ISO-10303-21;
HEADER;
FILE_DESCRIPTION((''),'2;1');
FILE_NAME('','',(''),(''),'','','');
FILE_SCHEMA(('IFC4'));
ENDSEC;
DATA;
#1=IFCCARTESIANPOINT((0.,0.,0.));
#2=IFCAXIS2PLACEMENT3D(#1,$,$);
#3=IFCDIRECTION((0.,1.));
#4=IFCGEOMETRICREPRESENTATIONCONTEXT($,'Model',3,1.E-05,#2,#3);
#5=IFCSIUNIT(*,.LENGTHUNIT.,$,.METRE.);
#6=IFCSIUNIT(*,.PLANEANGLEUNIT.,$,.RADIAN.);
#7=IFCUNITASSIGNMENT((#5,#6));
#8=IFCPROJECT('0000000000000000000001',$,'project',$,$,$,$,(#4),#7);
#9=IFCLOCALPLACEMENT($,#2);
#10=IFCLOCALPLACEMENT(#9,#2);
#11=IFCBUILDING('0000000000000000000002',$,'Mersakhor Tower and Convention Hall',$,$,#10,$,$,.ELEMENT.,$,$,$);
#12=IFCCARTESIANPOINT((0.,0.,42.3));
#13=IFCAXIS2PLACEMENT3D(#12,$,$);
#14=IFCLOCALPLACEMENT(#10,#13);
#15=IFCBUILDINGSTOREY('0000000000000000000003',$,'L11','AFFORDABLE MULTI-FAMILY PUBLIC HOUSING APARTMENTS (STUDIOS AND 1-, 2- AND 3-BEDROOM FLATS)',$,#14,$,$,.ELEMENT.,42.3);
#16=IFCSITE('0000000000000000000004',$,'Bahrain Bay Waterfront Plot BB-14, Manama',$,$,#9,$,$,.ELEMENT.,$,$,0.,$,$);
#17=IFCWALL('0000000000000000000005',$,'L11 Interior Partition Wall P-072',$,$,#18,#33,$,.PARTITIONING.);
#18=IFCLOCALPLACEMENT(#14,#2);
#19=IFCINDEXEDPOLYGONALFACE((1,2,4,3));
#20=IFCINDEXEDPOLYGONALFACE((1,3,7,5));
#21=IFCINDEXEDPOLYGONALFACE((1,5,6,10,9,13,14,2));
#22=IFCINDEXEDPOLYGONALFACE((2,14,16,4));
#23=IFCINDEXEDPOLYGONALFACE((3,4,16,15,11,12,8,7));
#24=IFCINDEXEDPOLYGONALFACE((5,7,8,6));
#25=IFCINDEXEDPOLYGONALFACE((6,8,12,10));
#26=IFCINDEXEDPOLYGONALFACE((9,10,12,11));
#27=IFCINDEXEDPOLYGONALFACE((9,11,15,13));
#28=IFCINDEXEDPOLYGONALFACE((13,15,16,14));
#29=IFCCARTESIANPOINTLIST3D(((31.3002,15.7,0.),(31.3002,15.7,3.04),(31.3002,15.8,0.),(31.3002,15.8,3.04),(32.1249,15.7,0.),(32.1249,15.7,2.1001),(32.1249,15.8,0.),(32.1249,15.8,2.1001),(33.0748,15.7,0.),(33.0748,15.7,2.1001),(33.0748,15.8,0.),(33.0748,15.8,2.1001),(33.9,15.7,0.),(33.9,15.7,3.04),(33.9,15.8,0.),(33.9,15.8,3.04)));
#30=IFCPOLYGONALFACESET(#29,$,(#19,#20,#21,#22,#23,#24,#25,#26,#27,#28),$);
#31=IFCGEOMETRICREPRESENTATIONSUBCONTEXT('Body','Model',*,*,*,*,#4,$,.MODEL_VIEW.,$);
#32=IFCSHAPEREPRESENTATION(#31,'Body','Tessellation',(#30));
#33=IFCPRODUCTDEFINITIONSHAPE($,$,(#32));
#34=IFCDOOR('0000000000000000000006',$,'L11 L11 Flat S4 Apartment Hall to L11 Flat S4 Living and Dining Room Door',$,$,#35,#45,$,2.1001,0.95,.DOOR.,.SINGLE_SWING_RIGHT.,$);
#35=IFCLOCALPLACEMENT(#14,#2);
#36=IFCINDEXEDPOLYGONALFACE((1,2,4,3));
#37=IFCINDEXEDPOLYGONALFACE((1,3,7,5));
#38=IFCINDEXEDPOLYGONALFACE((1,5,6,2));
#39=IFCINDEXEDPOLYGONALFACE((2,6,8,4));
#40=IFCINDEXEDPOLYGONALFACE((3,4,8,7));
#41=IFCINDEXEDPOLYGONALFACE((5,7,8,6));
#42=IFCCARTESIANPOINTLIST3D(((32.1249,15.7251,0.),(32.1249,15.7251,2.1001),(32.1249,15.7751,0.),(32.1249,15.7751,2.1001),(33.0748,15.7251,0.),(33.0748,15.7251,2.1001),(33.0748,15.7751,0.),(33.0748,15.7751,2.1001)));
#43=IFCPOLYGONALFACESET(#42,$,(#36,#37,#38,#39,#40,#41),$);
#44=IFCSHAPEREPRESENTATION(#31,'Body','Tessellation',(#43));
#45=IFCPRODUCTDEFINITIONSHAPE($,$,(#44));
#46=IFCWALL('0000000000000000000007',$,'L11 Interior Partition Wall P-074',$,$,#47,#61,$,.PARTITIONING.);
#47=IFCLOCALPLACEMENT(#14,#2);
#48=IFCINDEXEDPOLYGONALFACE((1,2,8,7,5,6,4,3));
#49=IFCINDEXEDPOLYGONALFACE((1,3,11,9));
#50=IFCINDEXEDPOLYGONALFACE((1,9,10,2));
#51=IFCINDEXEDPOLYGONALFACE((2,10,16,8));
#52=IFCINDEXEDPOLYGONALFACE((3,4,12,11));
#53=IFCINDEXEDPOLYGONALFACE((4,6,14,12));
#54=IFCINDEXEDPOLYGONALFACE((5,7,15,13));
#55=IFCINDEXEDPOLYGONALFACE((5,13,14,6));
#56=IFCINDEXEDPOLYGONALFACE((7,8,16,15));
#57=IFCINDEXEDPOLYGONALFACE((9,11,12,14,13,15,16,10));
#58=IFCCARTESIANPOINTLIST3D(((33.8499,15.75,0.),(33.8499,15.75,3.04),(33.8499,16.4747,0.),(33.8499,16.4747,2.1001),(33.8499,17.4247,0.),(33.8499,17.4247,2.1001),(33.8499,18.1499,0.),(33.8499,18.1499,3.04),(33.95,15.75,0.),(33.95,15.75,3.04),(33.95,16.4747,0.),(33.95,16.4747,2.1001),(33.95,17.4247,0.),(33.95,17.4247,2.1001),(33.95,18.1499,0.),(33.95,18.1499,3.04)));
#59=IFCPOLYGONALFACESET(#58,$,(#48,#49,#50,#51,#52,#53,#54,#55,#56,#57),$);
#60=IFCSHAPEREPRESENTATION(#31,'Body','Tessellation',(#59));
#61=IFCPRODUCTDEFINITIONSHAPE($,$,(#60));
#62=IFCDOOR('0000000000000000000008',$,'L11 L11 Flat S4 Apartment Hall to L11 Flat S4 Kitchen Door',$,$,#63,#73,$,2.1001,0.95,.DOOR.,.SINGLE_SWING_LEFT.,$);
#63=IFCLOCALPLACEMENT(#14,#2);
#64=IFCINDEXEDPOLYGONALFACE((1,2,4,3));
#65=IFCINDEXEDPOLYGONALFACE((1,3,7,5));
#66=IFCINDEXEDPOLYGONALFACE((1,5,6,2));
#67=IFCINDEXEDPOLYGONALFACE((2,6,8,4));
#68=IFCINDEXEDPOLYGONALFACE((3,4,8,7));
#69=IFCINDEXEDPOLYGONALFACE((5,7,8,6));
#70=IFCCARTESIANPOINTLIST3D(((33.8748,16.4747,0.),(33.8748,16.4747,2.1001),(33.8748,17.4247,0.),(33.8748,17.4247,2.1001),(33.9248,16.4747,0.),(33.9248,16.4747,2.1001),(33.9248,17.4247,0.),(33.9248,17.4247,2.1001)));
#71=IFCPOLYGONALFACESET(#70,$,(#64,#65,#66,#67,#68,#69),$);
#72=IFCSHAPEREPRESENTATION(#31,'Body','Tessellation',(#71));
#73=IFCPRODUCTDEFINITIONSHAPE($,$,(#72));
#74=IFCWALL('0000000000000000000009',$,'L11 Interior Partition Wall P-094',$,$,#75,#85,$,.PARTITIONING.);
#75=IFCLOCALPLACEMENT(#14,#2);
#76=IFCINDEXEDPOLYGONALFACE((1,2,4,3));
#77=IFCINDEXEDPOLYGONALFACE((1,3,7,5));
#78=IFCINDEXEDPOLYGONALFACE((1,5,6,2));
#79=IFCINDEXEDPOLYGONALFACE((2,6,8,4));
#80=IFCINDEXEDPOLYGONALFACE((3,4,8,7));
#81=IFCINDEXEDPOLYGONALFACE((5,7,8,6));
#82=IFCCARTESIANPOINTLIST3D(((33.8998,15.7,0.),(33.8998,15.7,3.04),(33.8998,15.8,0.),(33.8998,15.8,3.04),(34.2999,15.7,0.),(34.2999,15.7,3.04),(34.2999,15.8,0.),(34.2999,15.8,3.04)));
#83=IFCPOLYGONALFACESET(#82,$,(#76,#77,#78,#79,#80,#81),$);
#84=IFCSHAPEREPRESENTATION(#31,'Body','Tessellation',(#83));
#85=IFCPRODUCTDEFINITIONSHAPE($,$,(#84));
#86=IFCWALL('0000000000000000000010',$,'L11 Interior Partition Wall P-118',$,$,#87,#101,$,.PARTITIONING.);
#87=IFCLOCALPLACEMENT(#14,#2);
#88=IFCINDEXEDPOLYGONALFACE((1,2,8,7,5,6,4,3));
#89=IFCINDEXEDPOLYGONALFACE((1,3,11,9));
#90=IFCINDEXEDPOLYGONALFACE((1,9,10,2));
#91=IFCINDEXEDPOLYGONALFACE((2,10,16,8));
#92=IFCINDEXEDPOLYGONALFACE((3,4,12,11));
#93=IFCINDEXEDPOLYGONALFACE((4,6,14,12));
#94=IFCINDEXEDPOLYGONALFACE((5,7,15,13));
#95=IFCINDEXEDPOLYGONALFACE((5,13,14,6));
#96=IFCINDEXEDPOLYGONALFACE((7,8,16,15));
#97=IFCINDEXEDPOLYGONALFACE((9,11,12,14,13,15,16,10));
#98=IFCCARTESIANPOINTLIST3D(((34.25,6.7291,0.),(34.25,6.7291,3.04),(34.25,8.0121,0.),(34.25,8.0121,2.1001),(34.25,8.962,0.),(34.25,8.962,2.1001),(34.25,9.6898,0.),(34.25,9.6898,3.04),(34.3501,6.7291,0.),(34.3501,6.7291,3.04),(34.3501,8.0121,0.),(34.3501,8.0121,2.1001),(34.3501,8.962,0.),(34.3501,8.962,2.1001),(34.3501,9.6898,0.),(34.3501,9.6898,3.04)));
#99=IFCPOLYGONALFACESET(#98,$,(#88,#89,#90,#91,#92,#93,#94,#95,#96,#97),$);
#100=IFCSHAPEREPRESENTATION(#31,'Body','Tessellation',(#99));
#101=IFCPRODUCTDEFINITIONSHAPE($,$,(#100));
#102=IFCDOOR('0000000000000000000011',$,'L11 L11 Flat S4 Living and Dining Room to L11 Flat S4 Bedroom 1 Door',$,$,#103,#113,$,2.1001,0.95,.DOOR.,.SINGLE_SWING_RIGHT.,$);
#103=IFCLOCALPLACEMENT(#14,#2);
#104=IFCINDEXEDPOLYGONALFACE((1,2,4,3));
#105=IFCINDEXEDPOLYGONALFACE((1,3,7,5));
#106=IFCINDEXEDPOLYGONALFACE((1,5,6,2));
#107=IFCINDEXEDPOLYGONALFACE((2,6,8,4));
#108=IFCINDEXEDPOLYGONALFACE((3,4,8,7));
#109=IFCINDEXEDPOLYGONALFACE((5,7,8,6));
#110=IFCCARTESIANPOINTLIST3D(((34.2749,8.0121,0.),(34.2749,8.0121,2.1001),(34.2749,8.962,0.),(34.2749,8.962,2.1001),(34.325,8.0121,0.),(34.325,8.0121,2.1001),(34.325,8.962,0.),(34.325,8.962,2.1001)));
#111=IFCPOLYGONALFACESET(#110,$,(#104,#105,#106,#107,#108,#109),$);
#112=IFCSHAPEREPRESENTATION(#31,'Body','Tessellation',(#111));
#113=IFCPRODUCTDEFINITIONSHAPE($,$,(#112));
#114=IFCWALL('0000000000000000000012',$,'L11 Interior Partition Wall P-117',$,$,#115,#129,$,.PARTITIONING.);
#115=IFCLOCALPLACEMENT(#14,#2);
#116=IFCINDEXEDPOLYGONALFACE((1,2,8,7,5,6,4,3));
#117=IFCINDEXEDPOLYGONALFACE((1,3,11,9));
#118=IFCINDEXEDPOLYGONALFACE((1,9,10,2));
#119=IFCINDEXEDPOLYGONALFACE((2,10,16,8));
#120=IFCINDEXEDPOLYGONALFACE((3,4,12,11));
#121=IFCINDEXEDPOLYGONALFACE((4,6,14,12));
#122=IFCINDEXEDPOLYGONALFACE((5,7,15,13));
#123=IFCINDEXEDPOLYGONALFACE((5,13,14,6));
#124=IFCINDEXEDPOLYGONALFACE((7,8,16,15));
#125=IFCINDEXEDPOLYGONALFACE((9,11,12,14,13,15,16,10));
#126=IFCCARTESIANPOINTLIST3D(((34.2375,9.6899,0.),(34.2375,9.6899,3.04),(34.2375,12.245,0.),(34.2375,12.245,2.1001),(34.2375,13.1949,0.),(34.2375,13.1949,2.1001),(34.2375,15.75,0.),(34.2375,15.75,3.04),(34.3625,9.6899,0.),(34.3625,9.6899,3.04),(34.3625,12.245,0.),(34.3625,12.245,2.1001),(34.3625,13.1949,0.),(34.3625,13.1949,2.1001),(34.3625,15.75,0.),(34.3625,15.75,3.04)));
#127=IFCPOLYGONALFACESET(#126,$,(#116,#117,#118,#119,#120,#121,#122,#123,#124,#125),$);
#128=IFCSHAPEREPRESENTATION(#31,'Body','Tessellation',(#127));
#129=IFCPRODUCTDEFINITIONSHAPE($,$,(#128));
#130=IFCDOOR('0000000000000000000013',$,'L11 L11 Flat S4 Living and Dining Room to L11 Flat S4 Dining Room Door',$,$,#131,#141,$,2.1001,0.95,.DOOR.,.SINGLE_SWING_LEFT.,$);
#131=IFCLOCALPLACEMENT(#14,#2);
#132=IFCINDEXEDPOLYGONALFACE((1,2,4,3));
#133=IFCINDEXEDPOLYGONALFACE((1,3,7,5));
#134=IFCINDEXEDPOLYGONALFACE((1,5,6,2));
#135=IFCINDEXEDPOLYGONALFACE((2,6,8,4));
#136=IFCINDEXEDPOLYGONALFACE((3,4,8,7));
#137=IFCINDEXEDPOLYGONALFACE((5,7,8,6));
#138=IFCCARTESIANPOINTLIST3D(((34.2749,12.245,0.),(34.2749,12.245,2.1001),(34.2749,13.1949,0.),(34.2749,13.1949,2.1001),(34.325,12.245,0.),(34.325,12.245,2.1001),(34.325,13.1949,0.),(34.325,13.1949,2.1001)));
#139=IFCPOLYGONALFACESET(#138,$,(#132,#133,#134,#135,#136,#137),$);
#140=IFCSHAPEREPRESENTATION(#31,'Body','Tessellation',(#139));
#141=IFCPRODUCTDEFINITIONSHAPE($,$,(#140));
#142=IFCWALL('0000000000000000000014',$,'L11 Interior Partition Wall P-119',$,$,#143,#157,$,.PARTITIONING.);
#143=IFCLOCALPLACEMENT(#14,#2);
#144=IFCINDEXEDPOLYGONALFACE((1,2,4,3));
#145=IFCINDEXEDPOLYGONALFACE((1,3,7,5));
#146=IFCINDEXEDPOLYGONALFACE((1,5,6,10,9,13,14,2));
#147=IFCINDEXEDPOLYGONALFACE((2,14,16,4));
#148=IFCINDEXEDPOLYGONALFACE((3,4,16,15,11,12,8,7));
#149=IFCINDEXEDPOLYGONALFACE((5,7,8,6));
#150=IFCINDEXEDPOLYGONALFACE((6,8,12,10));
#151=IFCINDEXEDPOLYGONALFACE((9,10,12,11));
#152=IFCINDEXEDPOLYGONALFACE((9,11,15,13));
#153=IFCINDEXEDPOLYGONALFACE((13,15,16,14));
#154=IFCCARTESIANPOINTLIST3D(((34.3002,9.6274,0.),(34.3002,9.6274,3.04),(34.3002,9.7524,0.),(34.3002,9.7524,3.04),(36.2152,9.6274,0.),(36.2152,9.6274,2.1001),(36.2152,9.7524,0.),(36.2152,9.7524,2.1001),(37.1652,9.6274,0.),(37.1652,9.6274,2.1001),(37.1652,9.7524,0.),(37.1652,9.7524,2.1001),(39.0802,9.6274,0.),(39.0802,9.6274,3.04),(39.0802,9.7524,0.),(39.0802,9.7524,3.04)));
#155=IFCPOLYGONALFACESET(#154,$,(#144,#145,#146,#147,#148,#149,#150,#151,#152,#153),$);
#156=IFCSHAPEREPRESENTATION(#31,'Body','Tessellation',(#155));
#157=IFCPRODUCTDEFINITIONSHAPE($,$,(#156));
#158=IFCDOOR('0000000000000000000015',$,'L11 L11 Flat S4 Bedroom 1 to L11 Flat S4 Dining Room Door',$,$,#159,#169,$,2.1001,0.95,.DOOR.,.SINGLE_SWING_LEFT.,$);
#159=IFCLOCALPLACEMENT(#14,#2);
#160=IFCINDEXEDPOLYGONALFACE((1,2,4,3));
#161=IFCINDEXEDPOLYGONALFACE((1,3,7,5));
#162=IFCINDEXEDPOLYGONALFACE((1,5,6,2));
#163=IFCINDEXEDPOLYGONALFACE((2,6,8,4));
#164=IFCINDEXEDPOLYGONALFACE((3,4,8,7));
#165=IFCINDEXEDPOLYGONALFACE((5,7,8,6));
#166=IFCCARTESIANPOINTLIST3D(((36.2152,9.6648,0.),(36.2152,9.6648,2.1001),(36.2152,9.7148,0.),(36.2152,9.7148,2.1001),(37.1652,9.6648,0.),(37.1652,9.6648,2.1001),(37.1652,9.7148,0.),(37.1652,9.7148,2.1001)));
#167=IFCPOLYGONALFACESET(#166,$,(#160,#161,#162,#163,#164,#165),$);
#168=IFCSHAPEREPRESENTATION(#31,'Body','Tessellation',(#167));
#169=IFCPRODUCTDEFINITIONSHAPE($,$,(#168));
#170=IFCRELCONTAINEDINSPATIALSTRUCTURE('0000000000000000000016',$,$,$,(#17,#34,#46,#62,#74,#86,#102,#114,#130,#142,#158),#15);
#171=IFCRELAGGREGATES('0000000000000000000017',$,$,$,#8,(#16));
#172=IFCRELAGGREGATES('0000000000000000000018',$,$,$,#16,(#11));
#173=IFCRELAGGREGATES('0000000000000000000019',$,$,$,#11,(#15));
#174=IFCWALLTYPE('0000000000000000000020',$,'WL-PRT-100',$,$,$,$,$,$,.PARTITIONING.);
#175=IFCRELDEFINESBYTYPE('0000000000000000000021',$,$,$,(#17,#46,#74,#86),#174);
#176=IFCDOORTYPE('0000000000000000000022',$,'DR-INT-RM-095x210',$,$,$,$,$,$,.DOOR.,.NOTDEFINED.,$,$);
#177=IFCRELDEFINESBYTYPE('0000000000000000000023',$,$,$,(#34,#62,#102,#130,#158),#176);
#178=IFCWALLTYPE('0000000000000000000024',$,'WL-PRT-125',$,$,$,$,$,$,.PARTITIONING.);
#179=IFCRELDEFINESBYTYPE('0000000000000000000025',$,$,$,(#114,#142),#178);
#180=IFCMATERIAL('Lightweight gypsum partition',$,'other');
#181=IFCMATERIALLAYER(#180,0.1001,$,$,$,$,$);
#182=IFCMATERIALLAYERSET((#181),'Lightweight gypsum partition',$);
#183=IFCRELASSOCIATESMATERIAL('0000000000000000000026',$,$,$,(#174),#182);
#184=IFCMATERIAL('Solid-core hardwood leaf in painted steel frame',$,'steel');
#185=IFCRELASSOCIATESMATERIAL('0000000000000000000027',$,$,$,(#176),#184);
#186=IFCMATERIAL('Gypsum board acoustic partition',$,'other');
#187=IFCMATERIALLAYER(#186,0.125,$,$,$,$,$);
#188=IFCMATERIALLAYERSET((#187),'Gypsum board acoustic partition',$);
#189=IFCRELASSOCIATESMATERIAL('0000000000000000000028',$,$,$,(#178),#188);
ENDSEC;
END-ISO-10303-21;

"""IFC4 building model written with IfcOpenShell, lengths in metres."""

from ifc_helpers import new_model, si_unit, direction, frame, frame_2d, origin, place, context, subcontext, project, spatial, rectangle, extrude, material, layer, layer_set, type_object, element, fill, save


model = new_model("IFC4")

# Units and contexts
model_context = context("Model", 3, precision=1e-05, world=origin(), true_north=direction((0.0, 1.0)))
body_context = subcontext(model_context, "Body", "Model", "MODEL_VIEW")
ifc_project = project(units=[si_unit("LENGTHUNIT", "METRE"), si_unit("PLANEANGLEUNIT", "RADIAN")], contexts=[model_context])

# Site, building, storey
site_placement = place(None, origin())
site = spatial("IfcSite", under=ifc_project, at=site_placement, Name="Bahrain Bay Waterfront Plot BB-14, Manama", CompositionType="ELEMENT", RefElevation=0.0)
building_placement = place(site_placement, origin())
building = spatial("IfcBuilding", under=site, at=building_placement, Name="Mersakhor Tower and Convention Hall", CompositionType="ELEMENT")
storey_placement = place(building_placement, frame((0.0, 0.0, 42.3)))
storey = spatial("IfcBuildingStorey", under=building, at=storey_placement, Name="L11", Description="AFFORDABLE MULTI-FAMILY PUBLIC HOUSING APARTMENTS (STUDIOS AND 1-, 2- AND 3-BEDROOM FLATS)", CompositionType="ELEMENT", Elevation=42.3)

# Walls, openings, doors
ifc_material_1 = material(Name="Lightweight gypsum partition", Category="other")
ifc_layer_1 = layer(ifc_material_1, 0.1001)
ifc_layer_set_1 = layer_set([ifc_layer_1], Name="Lightweight gypsum partition")
wall_type_1 = type_object("IfcWallType", Name="WL-PRT-100", PredefinedType="PARTITIONING", material=ifc_layer_set_1)
wall_1_placement = place(storey_placement, frame((33.8999, 15.75, 0.0), z_axis=(0.0, 0.0, 1.0), x_axis=(-1.0, 0.0, 0.0)))
wall_1 = element("IfcWall", 1, at=wall_1_placement, inside=storey, type_object=wall_type_1, Name="L11 Interior Partition Wall P-072", PredefinedType="PARTITIONING", context=body_context, shape_type="SweptSolid", body=[
    extrude(rectangle(XDim=2.5999, YDim=0.1001, at=frame_2d((1.2998, 0.0))), origin(), (0.0, 0.0, 1.0), 3.04),
])
opening_1_placement = place(wall_1_placement, frame((0.825, 0.0, 0.0)))
opening_1 = element("IfcOpeningElement", 2, at=opening_1_placement, cuts=wall_1, PredefinedType="OPENING", context=body_context, shape_type="SweptSolid", body=[
    extrude(rectangle(XDim=0.95, YDim=2.1001, at=frame_2d((0.4751, 1.05))), frame((0.0, 0.0601, 0.0), z_axis=(0.0, -1.0, 0.0), x_axis=(1.0, 0.0, 0.0)), (0.0, 0.0, 1.0), 0.1201),
])
ifc_material_2 = material(Name="Solid-core hardwood leaf in painted steel frame", Category="steel")
door_type_1 = type_object("IfcDoorType", Name="DR-INT-RM-095x210", OperationType="NOTDEFINED", PredefinedType="DOOR", material=ifc_material_2)
door_1_placement = place(opening_1_placement, origin())
door_1 = element("IfcDoor", 3, at=door_1_placement, inside=storey, type_object=door_type_1, Name="L11 L11 Flat S4 Apartment Hall to L11 Flat S4 Living and Dining Room Door", OperationType="SINGLE_SWING_RIGHT", OverallHeight=2.1001, OverallWidth=0.95, PredefinedType="DOOR", context=body_context, shape_type="SweptSolid", body=[
    extrude(rectangle(XDim=0.95, YDim=2.1001, at=frame_2d((0.4751, 1.05))), frame((0.0, 0.0249, 0.0), z_axis=(0.0, -1.0, 0.0), x_axis=(1.0, 0.0, 0.0)), (0.0, 0.0, 1.0), 0.05),
])
fill(opening_1, door_1)
wall_2_placement = place(storey_placement, frame((33.8999, 18.1499, 0.0), z_axis=(0.0, 0.0, 1.0), x_axis=(0.0, -1.0, 0.0)))
wall_2 = element("IfcWall", 4, at=wall_2_placement, inside=storey, type_object=wall_type_1, Name="L11 Interior Partition Wall P-074", PredefinedType="PARTITIONING", context=body_context, shape_type="SweptSolid", body=[
    extrude(rectangle(XDim=2.3999, YDim=0.1001, at=frame_2d((1.2, 0.0))), origin(), (0.0, 0.0, 1.0), 3.04),
])
opening_2_placement = place(wall_2_placement, frame((0.7251, 0.0, 0.0)))
opening_2 = element("IfcOpeningElement", 5, at=opening_2_placement, cuts=wall_2, PredefinedType="OPENING", context=body_context, shape_type="SweptSolid", body=[
    extrude(rectangle(XDim=0.95, YDim=2.1001, at=frame_2d((0.4751, 1.05))), frame((0.0, 0.0601, 0.0), z_axis=(0.0, -1.0, 0.0), x_axis=(1.0, 0.0, 0.0)), (0.0, 0.0, 1.0), 0.1201),
])
door_2_placement = place(opening_2_placement, origin())
door_2 = element("IfcDoor", 6, at=door_2_placement, inside=storey, type_object=door_type_1, Name="L11 L11 Flat S4 Apartment Hall to L11 Flat S4 Kitchen Door", OperationType="SINGLE_SWING_LEFT", OverallHeight=2.1001, OverallWidth=0.95, PredefinedType="DOOR", context=body_context, shape_type="SweptSolid", body=[
    extrude(rectangle(XDim=0.95, YDim=2.1001, at=frame_2d((0.4751, 1.05))), frame((0.0, 0.0249, 0.0), z_axis=(0.0, -1.0, 0.0), x_axis=(1.0, 0.0, 0.0)), (0.0, 0.0, 1.0), 0.05),
])
fill(opening_2, door_2)

# Wall
wall_3_placement = place(storey_placement, frame((34.3, 15.75, 0.0), z_axis=(0.0, 0.0, 1.0), x_axis=(-1.0, 0.0, 0.0)))
element("IfcWall", 7, at=wall_3_placement, inside=storey, type_object=wall_type_1, Name="L11 Interior Partition Wall P-094", PredefinedType="PARTITIONING", context=body_context, shape_type="SweptSolid", body=[
    extrude(rectangle(XDim=0.4001, YDim=0.1001, at=frame_2d((0.2002, 0.0))), origin(), (0.0, 0.0, 1.0), 3.04),
])

# Walls, openings, doors
wall_4_placement = place(storey_placement, frame((34.3, 9.6899, 0.0), z_axis=(0.0, 0.0, 1.0), x_axis=(0.0, -1.0, 0.0)))
wall_4 = element("IfcWall", 8, at=wall_4_placement, inside=storey, type_object=wall_type_1, Name="L11 Interior Partition Wall P-118", PredefinedType="PARTITIONING", context=body_context, shape_type="SweptSolid", body=[
    extrude(rectangle(XDim=2.9607, YDim=0.1001, at=frame_2d((1.4805, 0.0))), origin(), (0.0, 0.0, 1.0), 3.04),
])
opening_3_placement = place(wall_4_placement, frame((0.7278, 0.0, 0.0)))
opening_3 = element("IfcOpeningElement", 9, at=opening_3_placement, cuts=wall_4, PredefinedType="OPENING", context=body_context, shape_type="SweptSolid", body=[
    extrude(rectangle(XDim=0.95, YDim=2.1001, at=frame_2d((0.4751, 1.05))), frame((0.0, 0.0601, 0.0), z_axis=(0.0, -1.0, 0.0), x_axis=(1.0, 0.0, 0.0)), (0.0, 0.0, 1.0), 0.1201),
])
door_3_placement = place(opening_3_placement, origin())
door_3 = element("IfcDoor", 10, at=door_3_placement, inside=storey, type_object=door_type_1, Name="L11 L11 Flat S4 Living and Dining Room to L11 Flat S4 Bedroom 1 Door", OperationType="SINGLE_SWING_RIGHT", OverallHeight=2.1001, OverallWidth=0.95, PredefinedType="DOOR", context=body_context, shape_type="SweptSolid", body=[
    extrude(rectangle(XDim=0.95, YDim=2.1001, at=frame_2d((0.4751, 1.05))), frame((0.0, 0.0249, 0.0), z_axis=(0.0, -1.0, 0.0), x_axis=(1.0, 0.0, 0.0)), (0.0, 0.0, 1.0), 0.05),
])
fill(opening_3, door_3)
ifc_material_3 = material(Name="Gypsum board acoustic partition", Category="other")
ifc_layer_2 = layer(ifc_material_3, 0.125)
ifc_layer_set_2 = layer_set([ifc_layer_2], Name="Gypsum board acoustic partition")
wall_type_2 = type_object("IfcWallType", Name="WL-PRT-125", PredefinedType="PARTITIONING", material=ifc_layer_set_2)
wall_5_placement = place(storey_placement, frame((34.3, 15.75, 0.0), z_axis=(0.0, 0.0, 1.0), x_axis=(0.0, -1.0, 0.0)))
wall_5 = element("IfcWall", 11, at=wall_5_placement, inside=storey, type_object=wall_type_2, Name="L11 Interior Partition Wall P-117", PredefinedType="PARTITIONING", context=body_context, shape_type="SweptSolid", body=[
    extrude(rectangle(XDim=6.0601, YDim=0.125, at=frame_2d((3.03, 0.0))), origin(), (0.0, 0.0, 1.0), 3.04),
])
opening_4_placement = place(wall_5_placement, frame((2.5549, 0.0, 0.0)))
opening_4 = element("IfcOpeningElement", 12, at=opening_4_placement, cuts=wall_5, PredefinedType="OPENING", context=body_context, shape_type="SweptSolid", body=[
    extrude(rectangle(XDim=0.95, YDim=2.1001, at=frame_2d((0.4751, 1.05))), frame((0.0, 0.0725, 0.0), z_axis=(0.0, -1.0, 0.0), x_axis=(1.0, 0.0, 0.0)), (0.0, 0.0, 1.0), 0.145),
])
door_4_placement = place(opening_4_placement, origin())
door_4 = element("IfcDoor", 13, at=door_4_placement, inside=storey, type_object=door_type_1, Name="L11 L11 Flat S4 Living and Dining Room to L11 Flat S4 Dining Room Door", OperationType="SINGLE_SWING_LEFT", OverallHeight=2.1001, OverallWidth=0.95, PredefinedType="DOOR", context=body_context, shape_type="SweptSolid", body=[
    extrude(rectangle(XDim=0.95, YDim=2.1001, at=frame_2d((0.4751, 1.05))), frame((0.0, 0.0249, 0.0), z_axis=(0.0, -1.0, 0.0), x_axis=(1.0, 0.0, 0.0)), (0.0, 0.0, 1.0), 0.05),
])
fill(opening_4, door_4)
wall_6_placement = place(storey_placement, frame((34.3, 9.6899, 0.0), z_axis=(0.0, 0.0, 1.0), x_axis=(1.0, 0.0, 0.0)))
wall_6 = element("IfcWall", 14, at=wall_6_placement, inside=storey, type_object=wall_type_2, Name="L11 Interior Partition Wall P-119", PredefinedType="PARTITIONING", context=body_context, shape_type="SweptSolid", body=[
    extrude(rectangle(XDim=4.78, YDim=0.125, at=frame_2d((2.3901, 0.0))), origin(), (0.0, 0.0, 1.0), 3.04),
])
opening_5_placement = place(wall_6_placement, frame((1.915, 0.0, 0.0)))
opening_5 = element("IfcOpeningElement", 15, at=opening_5_placement, cuts=wall_6, PredefinedType="OPENING", context=body_context, shape_type="SweptSolid", body=[
    extrude(rectangle(XDim=0.95, YDim=2.1001, at=frame_2d((0.4751, 1.05))), frame((0.0, 0.0725, 0.0), z_axis=(0.0, -1.0, 0.0), x_axis=(1.0, 0.0, 0.0)), (0.0, 0.0, 1.0), 0.145),
])
door_5_placement = place(opening_5_placement, origin())
door_5 = element("IfcDoor", 16, at=door_5_placement, inside=storey, type_object=door_type_1, Name="L11 L11 Flat S4 Bedroom 1 to L11 Flat S4 Dining Room Door", OperationType="SINGLE_SWING_LEFT", OverallHeight=2.1001, OverallWidth=0.95, PredefinedType="DOOR", context=body_context, shape_type="SweptSolid", body=[
    extrude(rectangle(XDim=0.95, YDim=2.1001, at=frame_2d((0.4751, 1.05))), frame((0.0, 0.0249, 0.0), z_axis=(0.0, -1.0, 0.0), x_axis=(1.0, 0.0, 0.0)), (0.0, 0.0, 1.0), 0.05),
])
fill(opening_5, door_5)

save(model, "model.ifc")
